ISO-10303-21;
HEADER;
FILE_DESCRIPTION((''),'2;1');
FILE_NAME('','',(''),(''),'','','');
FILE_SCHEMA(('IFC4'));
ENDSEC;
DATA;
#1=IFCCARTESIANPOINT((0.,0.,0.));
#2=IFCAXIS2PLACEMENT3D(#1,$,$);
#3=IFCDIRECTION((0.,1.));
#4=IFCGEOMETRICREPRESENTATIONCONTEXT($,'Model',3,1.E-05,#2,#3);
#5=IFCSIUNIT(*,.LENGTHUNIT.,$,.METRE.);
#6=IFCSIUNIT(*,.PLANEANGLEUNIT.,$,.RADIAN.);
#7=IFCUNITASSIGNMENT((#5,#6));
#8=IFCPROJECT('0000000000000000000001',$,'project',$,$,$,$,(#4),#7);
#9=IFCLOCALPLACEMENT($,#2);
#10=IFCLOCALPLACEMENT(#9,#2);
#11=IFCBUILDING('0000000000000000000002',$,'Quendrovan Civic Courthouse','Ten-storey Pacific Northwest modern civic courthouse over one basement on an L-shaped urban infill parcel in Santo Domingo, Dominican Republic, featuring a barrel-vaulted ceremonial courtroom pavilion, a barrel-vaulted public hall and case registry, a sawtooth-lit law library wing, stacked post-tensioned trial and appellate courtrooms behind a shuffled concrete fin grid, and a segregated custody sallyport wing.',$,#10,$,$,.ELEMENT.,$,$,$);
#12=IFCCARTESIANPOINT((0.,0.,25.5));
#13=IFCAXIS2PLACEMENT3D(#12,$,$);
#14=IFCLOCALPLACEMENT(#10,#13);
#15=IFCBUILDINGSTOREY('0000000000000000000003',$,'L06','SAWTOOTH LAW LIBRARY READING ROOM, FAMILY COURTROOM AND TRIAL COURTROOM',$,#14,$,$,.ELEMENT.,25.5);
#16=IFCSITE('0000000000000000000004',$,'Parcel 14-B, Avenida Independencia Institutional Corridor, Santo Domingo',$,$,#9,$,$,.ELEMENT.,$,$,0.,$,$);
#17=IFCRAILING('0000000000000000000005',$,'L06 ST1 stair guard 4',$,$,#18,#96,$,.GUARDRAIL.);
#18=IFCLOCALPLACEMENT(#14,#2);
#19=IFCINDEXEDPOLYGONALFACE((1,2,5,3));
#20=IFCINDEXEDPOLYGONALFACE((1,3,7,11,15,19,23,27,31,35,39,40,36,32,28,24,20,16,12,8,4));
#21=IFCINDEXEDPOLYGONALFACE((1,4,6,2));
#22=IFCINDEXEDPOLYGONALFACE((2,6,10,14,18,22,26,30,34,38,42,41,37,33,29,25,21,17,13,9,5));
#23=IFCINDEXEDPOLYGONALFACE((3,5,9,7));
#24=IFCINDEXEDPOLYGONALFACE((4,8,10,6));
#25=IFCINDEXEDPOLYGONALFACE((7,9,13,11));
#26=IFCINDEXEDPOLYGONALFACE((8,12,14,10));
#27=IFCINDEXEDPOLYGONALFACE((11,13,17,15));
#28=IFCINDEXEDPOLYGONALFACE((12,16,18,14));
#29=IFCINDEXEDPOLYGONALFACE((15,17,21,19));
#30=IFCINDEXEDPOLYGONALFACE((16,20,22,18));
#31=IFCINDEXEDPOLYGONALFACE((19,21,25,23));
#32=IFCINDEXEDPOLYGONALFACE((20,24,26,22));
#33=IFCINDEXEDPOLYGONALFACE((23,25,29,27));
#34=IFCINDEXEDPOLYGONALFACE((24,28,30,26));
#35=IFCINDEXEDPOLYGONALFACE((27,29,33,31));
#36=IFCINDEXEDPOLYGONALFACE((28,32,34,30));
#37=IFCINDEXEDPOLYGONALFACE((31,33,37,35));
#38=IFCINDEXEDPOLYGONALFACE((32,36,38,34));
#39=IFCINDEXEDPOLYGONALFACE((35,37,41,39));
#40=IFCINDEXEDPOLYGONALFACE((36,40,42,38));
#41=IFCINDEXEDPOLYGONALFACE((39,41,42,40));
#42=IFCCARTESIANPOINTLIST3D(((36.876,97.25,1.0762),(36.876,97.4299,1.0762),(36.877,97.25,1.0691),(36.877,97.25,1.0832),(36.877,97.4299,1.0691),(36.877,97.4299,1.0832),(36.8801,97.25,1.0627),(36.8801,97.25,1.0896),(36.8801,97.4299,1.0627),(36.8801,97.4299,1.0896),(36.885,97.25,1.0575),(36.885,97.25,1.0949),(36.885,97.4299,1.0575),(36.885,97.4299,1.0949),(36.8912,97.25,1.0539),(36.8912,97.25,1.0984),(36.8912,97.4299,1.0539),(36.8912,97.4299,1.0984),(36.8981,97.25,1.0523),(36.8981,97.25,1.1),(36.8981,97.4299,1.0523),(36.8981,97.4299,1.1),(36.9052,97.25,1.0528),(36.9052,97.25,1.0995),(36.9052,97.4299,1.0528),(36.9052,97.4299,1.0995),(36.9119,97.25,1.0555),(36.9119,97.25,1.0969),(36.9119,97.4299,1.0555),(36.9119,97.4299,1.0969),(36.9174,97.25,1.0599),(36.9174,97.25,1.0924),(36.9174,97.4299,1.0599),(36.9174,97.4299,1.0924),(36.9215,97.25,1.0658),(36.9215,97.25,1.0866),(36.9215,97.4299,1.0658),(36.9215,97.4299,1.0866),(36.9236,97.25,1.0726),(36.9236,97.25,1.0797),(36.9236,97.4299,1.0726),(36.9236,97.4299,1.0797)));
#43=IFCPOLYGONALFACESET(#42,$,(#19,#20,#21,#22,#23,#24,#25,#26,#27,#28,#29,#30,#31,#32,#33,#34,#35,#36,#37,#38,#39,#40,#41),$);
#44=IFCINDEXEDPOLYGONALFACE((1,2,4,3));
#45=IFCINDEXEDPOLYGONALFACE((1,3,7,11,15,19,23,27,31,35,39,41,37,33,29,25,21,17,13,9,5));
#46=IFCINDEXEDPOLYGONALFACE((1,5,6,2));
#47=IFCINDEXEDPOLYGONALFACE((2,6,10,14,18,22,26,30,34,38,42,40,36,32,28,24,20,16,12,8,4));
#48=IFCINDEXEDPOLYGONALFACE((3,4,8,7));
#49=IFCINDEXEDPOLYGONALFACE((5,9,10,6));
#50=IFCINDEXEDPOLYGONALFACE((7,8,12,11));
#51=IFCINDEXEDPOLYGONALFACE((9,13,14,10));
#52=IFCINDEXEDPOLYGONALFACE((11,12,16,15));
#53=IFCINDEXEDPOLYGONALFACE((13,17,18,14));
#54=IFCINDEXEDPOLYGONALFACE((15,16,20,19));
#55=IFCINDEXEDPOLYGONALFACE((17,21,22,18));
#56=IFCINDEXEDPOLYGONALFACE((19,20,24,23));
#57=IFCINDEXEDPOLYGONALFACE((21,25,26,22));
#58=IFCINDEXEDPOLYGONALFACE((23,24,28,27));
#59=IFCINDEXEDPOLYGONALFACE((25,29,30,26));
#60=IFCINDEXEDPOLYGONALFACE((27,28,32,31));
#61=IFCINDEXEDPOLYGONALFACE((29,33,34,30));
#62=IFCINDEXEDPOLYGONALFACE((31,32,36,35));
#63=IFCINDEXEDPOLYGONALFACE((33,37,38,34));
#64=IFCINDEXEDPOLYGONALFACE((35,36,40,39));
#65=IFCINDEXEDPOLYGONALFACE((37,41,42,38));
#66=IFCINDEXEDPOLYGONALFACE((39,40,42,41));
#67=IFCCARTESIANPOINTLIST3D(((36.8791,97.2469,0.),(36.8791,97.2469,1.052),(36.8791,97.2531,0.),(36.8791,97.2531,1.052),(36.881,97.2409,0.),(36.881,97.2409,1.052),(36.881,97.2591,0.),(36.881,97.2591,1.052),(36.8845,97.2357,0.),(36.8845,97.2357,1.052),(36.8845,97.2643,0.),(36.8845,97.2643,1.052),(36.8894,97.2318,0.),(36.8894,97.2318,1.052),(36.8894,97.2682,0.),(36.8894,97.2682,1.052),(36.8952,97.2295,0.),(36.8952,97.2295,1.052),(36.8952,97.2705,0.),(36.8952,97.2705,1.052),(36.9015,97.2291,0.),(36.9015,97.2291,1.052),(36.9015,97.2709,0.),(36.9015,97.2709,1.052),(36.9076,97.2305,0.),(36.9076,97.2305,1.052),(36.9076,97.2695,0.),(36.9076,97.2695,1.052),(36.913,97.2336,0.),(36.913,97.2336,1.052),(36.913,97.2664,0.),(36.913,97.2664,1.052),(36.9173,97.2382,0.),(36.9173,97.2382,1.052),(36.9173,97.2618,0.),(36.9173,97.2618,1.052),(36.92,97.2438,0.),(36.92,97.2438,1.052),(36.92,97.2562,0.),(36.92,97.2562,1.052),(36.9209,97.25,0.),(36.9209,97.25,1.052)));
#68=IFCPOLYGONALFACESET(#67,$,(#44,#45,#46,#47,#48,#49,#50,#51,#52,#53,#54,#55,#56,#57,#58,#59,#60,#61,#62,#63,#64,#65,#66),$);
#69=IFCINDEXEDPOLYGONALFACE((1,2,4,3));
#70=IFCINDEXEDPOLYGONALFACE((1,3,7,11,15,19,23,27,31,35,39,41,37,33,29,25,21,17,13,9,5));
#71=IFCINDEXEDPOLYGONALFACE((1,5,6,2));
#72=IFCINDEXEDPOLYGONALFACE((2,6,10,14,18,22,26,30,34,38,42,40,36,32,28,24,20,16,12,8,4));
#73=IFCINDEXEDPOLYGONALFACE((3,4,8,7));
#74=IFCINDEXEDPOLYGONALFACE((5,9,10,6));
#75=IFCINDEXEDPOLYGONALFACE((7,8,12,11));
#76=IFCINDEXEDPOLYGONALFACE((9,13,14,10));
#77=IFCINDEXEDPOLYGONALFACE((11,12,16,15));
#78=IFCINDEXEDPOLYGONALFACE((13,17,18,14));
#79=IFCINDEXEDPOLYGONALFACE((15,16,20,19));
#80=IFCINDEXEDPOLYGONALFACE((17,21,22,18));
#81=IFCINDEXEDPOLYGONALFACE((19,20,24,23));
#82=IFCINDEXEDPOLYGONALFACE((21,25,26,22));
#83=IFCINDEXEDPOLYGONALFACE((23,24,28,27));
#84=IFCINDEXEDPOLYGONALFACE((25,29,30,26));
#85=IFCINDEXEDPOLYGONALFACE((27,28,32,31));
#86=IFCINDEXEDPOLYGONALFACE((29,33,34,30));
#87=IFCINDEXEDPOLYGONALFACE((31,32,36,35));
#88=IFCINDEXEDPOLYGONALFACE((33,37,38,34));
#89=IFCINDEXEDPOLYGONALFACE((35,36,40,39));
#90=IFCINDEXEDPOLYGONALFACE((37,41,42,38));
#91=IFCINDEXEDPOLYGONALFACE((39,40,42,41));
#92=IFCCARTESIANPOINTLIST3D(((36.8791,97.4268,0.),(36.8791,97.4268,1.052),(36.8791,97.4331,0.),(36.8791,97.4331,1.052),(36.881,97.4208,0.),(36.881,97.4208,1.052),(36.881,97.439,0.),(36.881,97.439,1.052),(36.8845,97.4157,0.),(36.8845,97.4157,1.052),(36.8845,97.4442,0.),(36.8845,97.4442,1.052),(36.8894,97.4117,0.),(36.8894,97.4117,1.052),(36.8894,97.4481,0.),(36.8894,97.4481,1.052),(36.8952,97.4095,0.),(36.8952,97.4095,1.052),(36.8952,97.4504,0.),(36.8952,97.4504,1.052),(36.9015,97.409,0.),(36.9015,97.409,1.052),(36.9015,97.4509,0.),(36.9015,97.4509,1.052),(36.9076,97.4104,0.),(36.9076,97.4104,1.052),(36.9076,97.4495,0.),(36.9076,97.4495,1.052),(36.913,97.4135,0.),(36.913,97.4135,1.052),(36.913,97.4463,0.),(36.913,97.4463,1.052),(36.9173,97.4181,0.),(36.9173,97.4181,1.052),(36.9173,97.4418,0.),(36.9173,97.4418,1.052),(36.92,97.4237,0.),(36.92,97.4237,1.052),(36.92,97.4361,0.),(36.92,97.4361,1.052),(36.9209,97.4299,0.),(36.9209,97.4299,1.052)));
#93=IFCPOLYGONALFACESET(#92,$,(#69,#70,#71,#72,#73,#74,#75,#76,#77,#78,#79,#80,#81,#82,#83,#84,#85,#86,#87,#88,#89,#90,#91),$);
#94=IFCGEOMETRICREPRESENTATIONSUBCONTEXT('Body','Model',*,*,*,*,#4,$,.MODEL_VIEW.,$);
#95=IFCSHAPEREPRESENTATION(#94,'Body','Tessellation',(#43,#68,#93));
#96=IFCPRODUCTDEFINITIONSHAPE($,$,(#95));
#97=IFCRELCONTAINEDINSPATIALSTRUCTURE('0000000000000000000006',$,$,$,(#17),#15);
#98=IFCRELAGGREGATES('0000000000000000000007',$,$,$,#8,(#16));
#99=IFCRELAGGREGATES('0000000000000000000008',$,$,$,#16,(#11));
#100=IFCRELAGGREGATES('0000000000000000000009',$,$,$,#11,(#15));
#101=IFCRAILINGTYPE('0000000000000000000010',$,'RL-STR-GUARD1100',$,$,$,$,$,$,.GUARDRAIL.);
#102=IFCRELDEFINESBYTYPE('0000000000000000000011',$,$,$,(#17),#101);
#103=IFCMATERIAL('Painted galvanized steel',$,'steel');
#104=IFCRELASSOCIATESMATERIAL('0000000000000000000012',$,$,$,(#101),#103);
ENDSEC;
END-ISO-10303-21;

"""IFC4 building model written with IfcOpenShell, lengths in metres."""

from ifc_helpers import new_model, si_unit, direction, frame, origin, origin_2d, place, context, subcontext, project, spatial, circle, extrude, material, type_object, element, save


model = new_model("IFC4")

# Units and contexts
model_context = context("Model", 3, precision=1e-05, world=origin(), true_north=direction((0.0, 1.0)))
body_context = subcontext(model_context, "Body", "Model", "MODEL_VIEW")
ifc_project = project(units=[si_unit("LENGTHUNIT", "METRE"), si_unit("PLANEANGLEUNIT", "RADIAN")], contexts=[model_context])

# Site, building, storey
site_placement = place(None, origin())
site = spatial("IfcSite", under=ifc_project, at=site_placement, Name="Parcel 14-B, Avenida Independencia Institutional Corridor, Santo Domingo", CompositionType="ELEMENT", RefElevation=0.0)
building_placement = place(site_placement, origin())
building = spatial("IfcBuilding", under=site, at=building_placement, Name="Quendrovan Civic Courthouse", Description="Ten-storey Pacific Northwest modern civic courthouse over one basement on an L-shaped urban infill parcel in Santo Domingo, Dominican Republic, featuring a barrel-vaulted ceremonial courtroom pavilion, a barrel-vaulted public hall and case registry, a sawtooth-lit law library wing, stacked post-tensioned trial and appellate courtrooms behind a shuffled concrete fin grid, and a segregated custody sallyport wing.", CompositionType="ELEMENT")
storey_placement = place(building_placement, frame((0.0, 0.0, 25.5)))
storey = spatial("IfcBuildingStorey", under=building, at=storey_placement, Name="L06", Description="SAWTOOTH LAW LIBRARY READING ROOM, FAMILY COURTROOM AND TRIAL COURTROOM", CompositionType="ELEMENT", Elevation=25.5)

# Railing
ifc_material_1 = material(Name="Painted galvanized steel", Category="steel")
railing_type_1 = type_object("IfcRailingType", Name="RL-STR-GUARD1100", PredefinedType="GUARDRAIL", material=ifc_material_1)
railing_1_placement = place(storey_placement, frame((36.8999, 97.25, 0.0)))
element("IfcRailing", 1, at=railing_1_placement, inside=storey, type_object=railing_type_1, Name="L06 ST1 stair guard 4", PredefinedType="GUARDRAIL", context=body_context, shape_type="SweptSolid", body=[
    extrude(circle(Radius=0.0239, at=origin_2d()), frame((0.0, 0.0, 1.0762), z_axis=(0.0, 1.0, 0.0), x_axis=(-1.0, 0.0, 0.0)), (0.0, 0.0, 1.0), 0.1799),
    extrude(circle(Radius=0.021, at=origin_2d()), origin(), (0.0, 0.0, 1.0), 1.052),
    extrude(circle(Radius=0.021, at=origin_2d()), frame((0.0, 0.1799, 0.0)), (0.0, 0.0, 1.0), 1.052),
])

save(model, "model.ifc")
